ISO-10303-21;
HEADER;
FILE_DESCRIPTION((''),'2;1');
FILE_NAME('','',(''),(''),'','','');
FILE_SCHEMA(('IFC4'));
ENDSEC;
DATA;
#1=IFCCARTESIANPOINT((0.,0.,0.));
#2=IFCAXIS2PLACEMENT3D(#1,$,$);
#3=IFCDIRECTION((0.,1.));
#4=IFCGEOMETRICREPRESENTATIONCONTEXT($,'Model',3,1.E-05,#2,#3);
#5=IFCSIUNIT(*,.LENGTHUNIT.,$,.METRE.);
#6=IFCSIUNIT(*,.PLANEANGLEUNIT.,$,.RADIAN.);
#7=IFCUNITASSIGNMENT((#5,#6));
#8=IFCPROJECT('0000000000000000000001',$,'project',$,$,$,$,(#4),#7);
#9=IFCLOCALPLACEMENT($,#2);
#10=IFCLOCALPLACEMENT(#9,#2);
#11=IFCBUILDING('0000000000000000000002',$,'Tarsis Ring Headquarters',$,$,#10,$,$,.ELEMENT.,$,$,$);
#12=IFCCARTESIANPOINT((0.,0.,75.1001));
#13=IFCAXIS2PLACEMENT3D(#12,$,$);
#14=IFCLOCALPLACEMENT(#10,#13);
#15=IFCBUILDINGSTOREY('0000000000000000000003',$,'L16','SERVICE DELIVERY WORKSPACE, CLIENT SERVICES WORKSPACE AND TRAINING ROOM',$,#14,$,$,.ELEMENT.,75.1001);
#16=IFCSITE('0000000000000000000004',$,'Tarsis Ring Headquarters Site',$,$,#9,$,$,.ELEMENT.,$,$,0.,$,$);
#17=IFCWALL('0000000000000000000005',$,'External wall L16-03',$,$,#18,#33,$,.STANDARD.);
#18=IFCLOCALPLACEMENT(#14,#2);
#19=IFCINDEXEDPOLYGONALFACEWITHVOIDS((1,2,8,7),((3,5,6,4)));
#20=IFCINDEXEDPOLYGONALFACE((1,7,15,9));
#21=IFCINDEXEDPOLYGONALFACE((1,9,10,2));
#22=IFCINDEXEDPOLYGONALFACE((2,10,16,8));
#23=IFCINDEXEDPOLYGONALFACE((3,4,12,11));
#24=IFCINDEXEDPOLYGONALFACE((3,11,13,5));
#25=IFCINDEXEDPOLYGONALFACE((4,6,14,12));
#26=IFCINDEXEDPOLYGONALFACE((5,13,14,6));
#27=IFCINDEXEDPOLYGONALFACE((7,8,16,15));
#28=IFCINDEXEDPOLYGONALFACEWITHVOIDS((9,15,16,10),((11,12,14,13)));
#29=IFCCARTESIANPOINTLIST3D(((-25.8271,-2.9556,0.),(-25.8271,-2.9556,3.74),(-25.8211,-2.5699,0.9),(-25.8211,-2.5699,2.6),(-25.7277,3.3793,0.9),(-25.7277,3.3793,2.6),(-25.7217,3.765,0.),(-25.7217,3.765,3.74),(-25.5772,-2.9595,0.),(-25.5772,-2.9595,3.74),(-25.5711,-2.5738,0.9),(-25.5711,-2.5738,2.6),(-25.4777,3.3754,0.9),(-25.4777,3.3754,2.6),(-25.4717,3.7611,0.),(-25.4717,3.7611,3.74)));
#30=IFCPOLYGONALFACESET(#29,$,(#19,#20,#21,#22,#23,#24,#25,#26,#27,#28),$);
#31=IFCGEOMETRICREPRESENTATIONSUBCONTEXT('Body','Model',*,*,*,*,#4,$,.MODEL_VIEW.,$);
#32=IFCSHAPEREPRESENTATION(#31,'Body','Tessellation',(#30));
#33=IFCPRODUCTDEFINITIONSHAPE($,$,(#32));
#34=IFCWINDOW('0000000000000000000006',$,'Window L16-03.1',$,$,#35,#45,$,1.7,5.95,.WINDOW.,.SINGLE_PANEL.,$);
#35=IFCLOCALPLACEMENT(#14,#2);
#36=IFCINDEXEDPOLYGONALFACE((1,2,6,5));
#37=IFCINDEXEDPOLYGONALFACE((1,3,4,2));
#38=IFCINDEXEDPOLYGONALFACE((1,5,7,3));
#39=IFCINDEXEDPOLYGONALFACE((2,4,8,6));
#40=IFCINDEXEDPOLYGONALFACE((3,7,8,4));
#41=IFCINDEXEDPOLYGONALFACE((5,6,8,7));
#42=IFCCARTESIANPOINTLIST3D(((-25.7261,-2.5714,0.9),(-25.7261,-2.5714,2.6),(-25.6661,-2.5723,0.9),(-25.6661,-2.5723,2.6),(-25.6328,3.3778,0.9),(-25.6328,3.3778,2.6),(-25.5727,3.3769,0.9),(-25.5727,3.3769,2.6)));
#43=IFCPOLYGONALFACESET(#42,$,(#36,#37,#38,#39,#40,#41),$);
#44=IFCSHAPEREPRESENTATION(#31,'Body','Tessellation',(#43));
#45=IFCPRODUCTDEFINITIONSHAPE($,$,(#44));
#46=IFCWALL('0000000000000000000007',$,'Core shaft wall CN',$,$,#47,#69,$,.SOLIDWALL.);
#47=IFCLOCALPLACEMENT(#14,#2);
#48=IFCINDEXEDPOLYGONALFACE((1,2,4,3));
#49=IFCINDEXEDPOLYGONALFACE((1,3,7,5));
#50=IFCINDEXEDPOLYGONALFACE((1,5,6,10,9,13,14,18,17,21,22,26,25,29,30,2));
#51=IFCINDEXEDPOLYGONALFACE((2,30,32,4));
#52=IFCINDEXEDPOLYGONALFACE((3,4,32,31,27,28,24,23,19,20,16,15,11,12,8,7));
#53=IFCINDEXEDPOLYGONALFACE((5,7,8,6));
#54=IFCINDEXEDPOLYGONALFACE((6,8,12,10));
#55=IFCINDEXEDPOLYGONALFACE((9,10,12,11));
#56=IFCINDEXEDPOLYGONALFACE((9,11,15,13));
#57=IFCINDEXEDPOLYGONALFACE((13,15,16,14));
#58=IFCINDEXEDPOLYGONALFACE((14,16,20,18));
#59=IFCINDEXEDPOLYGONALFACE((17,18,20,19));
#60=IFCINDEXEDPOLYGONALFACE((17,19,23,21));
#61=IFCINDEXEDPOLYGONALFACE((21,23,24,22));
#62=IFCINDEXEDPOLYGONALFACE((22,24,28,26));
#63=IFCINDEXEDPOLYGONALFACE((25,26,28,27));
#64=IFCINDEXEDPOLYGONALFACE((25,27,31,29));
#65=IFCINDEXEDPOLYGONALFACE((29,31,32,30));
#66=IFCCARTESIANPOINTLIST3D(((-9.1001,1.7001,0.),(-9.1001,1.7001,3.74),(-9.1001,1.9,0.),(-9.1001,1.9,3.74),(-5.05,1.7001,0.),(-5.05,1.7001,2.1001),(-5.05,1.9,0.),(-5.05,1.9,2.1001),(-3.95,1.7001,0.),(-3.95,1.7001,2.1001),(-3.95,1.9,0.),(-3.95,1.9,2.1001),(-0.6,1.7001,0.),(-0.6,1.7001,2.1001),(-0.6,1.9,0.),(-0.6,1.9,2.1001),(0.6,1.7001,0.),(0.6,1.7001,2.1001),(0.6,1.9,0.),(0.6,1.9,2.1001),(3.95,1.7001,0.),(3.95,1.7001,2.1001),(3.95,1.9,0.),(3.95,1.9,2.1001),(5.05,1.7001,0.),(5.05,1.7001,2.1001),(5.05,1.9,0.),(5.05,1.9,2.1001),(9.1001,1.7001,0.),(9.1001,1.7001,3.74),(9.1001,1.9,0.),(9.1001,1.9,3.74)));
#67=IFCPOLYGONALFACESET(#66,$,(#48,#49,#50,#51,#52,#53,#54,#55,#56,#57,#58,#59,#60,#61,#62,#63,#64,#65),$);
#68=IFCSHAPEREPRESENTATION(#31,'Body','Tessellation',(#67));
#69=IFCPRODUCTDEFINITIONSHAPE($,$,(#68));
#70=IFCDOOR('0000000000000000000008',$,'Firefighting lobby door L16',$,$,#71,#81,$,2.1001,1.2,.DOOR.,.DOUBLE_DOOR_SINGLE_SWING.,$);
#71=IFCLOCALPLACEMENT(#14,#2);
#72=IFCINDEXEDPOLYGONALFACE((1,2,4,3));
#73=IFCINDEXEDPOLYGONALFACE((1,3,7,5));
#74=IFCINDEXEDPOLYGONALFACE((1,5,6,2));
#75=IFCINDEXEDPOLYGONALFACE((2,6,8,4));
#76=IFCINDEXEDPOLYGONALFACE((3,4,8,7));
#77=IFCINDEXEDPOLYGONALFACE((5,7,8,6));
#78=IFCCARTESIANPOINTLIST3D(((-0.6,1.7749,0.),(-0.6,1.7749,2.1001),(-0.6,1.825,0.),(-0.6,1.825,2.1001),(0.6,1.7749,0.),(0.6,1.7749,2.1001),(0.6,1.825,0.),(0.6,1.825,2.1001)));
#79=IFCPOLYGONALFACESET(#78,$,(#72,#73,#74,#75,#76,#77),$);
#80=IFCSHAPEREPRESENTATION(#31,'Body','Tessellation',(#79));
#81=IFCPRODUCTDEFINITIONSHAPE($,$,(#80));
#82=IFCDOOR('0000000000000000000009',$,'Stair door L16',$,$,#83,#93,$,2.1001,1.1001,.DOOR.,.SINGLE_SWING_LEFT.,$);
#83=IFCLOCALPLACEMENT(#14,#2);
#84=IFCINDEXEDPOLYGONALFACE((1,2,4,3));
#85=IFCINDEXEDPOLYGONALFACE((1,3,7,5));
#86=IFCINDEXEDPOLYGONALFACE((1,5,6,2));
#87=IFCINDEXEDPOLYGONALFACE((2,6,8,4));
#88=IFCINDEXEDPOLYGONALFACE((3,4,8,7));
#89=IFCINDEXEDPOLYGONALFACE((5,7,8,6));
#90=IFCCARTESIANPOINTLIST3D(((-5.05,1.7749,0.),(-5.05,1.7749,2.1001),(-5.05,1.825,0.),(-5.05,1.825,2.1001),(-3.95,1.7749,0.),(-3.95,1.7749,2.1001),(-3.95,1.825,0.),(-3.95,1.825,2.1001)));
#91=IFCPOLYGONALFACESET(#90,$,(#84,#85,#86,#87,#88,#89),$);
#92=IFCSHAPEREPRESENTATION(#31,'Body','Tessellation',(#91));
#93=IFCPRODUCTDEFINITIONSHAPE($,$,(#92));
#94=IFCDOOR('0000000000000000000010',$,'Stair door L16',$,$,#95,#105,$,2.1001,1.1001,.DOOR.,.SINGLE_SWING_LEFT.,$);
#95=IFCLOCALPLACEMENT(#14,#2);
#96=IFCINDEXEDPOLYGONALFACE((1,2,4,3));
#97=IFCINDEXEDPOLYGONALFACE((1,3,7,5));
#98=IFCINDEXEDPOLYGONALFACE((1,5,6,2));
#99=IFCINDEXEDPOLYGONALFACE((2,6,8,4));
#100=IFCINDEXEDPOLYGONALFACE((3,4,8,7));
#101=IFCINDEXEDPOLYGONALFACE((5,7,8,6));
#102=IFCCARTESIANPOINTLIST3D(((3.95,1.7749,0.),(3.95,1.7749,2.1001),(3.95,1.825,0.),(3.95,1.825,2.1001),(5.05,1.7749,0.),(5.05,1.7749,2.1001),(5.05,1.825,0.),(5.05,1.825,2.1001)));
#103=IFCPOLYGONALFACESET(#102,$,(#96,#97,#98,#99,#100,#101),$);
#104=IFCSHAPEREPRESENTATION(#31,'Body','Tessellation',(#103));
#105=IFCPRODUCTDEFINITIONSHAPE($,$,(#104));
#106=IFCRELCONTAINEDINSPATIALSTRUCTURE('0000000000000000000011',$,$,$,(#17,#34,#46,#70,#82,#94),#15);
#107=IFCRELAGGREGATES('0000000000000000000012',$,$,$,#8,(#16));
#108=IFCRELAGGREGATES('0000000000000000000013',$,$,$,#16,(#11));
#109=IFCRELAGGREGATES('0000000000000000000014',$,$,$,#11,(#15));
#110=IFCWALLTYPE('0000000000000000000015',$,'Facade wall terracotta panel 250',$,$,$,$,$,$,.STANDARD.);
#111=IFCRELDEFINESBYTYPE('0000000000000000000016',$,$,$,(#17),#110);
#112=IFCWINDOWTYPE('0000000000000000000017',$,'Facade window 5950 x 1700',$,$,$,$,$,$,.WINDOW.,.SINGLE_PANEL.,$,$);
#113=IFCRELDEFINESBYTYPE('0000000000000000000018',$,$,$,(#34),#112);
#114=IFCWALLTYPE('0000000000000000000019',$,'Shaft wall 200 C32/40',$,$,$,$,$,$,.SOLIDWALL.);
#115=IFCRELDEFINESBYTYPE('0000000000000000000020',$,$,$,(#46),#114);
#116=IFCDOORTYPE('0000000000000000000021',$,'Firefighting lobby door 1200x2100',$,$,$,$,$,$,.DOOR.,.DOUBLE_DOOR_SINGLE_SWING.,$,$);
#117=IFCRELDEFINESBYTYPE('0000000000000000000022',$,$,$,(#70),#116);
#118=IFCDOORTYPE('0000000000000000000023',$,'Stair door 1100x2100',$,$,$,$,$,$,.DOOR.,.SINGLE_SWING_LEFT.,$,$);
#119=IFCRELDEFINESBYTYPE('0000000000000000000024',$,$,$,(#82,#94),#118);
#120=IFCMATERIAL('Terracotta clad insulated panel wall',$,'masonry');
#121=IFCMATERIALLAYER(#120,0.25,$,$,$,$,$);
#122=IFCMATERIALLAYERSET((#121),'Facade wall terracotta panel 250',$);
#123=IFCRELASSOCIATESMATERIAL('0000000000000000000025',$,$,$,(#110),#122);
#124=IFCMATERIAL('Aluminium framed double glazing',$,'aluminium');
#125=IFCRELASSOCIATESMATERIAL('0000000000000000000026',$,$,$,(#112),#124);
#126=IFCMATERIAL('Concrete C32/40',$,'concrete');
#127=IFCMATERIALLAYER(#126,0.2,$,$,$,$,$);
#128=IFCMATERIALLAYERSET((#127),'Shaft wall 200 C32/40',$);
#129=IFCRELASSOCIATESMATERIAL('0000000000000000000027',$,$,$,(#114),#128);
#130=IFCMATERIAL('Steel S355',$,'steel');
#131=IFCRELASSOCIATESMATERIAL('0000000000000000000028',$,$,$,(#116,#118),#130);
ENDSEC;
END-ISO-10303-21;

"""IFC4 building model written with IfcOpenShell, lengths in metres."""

from ifc_helpers import new_model, si_unit, direction, frame, frame_2d, origin, place, context, subcontext, project, spatial, rectangle, extrude, material, layer, layer_set, type_object, element, fill, save


model = new_model("IFC4")

# Units and contexts
model_context = context("Model", 3, precision=1e-05, world=origin(), true_north=direction((0.0, 1.0)))
body_context = subcontext(model_context, "Body", "Model", "MODEL_VIEW")
ifc_project = project(units=[si_unit("LENGTHUNIT", "METRE"), si_unit("PLANEANGLEUNIT", "RADIAN")], contexts=[model_context])

# Site, building, storey
site_placement = place(None, origin())
site = spatial("IfcSite", under=ifc_project, at=site_placement, Name="Tarsis Ring Headquarters Site", CompositionType="ELEMENT", RefElevation=0.0)
building_placement = place(site_placement, origin())
building = spatial("IfcBuilding", under=site, at=building_placement, Name="Tarsis Ring Headquarters", CompositionType="ELEMENT")
storey_placement = place(building_placement, frame((0.0, 0.0, 75.1001)))
storey = spatial("IfcBuildingStorey", under=building, at=storey_placement, Name="L16", Description="SERVICE DELIVERY WORKSPACE, CLIENT SERVICES WORKSPACE AND TRAINING ROOM", CompositionType="ELEMENT", Elevation=75.1001)

# Wall, opening, window
ifc_material_1 = material(Name="Terracotta clad insulated panel wall", Category="masonry")
ifc_layer_1 = layer(ifc_material_1, 0.25)
ifc_layer_set_1 = layer_set([ifc_layer_1], Name="Facade wall terracotta panel 250")
wall_type_1 = type_object("IfcWallType", Name="Facade wall terracotta panel 250", PredefinedType="STANDARD", material=ifc_layer_set_1)
ifc_material_2 = material(Name="Aluminium framed double glazing", Category="aluminium")
wall_1_placement = place(storey_placement, frame((-25.5967, 3.7632, 0.0), z_axis=(0.0, 0.0, 1.0), x_axis=(-0.015691, -0.999877, 0.0)))
wall_1 = element("IfcWall", 1, at=wall_1_placement, inside=storey, type_object=wall_type_1, Name="External wall L16-03", PredefinedType="STANDARD", context=body_context, shape_type="SweptSolid", body=[
    extrude(rectangle(XDim=6.7214, YDim=0.25, at=frame_2d((3.3608, 0.0))), origin(), (0.0, 0.0, 1.0), 3.74),
])
opening_1_placement = place(wall_1_placement, frame((0.3857, 0.0, 0.8999)))
opening_1 = element("IfcOpeningElement", 2, at=opening_1_placement, cuts=wall_1, PredefinedType="OPENING", context=body_context, shape_type="SweptSolid", body=[
    extrude(rectangle(XDim=5.95, YDim=1.7, at=frame_2d((2.9751, 0.8501))), frame((0.0, 0.135, 0.0), z_axis=(0.0, -1.0, 0.0), x_axis=(1.0, 0.0, 0.0)), (0.0, 0.0, 1.0), 0.27),
])
window_type_1 = type_object("IfcWindowType", Name="Facade window 5950 x 1700", PartitioningType="SINGLE_PANEL", PredefinedType="WINDOW", material=ifc_material_2)
window_1_placement = place(opening_1_placement, origin())
window_1 = element("IfcWindow", 3, at=window_1_placement, inside=storey, type_object=window_type_1, Name="Window L16-03.1", OverallHeight=1.7, OverallWidth=5.95, PartitioningType="SINGLE_PANEL", PredefinedType="WINDOW", context=body_context, shape_type="SweptSolid", body=[
    extrude(rectangle(XDim=5.95, YDim=1.7, at=frame_2d((2.9751, 0.8501))), frame((0.0, 0.03, 0.0), z_axis=(0.0, -1.0, 0.0), x_axis=(1.0, 0.0, 0.0)), (0.0, 0.0, 1.0), 0.0601),
])
fill(opening_1, window_1)

# Wall, openings, doors
ifc_material_3 = material(Name="Concrete C32/40", Category="concrete")
ifc_layer_2 = layer(ifc_material_3, 0.2)
ifc_layer_set_2 = layer_set([ifc_layer_2], Name="Shaft wall 200 C32/40")
wall_type_2 = type_object("IfcWallType", Name="Shaft wall 200 C32/40", PredefinedType="SOLIDWALL", material=ifc_layer_set_2)
wall_2_placement = place(storey_placement, frame((-9.1001, 1.8, 0.0), z_axis=(0.0, 0.0, 1.0), x_axis=(1.0, 0.0, 0.0)))
wall_2 = element("IfcWall", 4, at=wall_2_placement, inside=storey, type_object=wall_type_2, Name="Core shaft wall CN", PredefinedType="SOLIDWALL", context=body_context, shape_type="SweptSolid", body=[
    extrude(rectangle(XDim=18.2002, YDim=0.2, at=frame_2d((9.1001, 0.0))), origin(), (0.0, 0.0, 1.0), 3.74),
])
opening_2_placement = place(wall_2_placement, frame((4.05, 0.0, 0.0)))
opening_2 = element("IfcOpeningElement", 5, at=opening_2_placement, cuts=wall_2, PredefinedType="OPENING", context=body_context, shape_type="SweptSolid", body=[
    extrude(rectangle(XDim=1.1001, YDim=2.1001, at=frame_2d((0.55, 1.05))), frame((0.0, 0.1099, 0.0), z_axis=(0.0, -1.0, 0.0), x_axis=(1.0, 0.0, 0.0)), (0.0, 0.0, 1.0), 0.22),
])
opening_3_placement = place(wall_2_placement, frame((8.5, 0.0, 0.0)))
opening_3 = element("IfcOpeningElement", 6, at=opening_3_placement, cuts=wall_2, PredefinedType="OPENING", context=body_context, shape_type="SweptSolid", body=[
    extrude(rectangle(XDim=1.2, YDim=2.1001, at=frame_2d((0.6001, 1.05))), frame((0.0, 0.1099, 0.0), z_axis=(0.0, -1.0, 0.0), x_axis=(1.0, 0.0, 0.0)), (0.0, 0.0, 1.0), 0.22),
])
opening_4_placement = place(wall_2_placement, frame((13.05, 0.0, 0.0)))
opening_4 = element("IfcOpeningElement", 7, at=opening_4_placement, cuts=wall_2, PredefinedType="OPENING", context=body_context, shape_type="SweptSolid", body=[
    extrude(rectangle(XDim=1.1001, YDim=2.1001, at=frame_2d((0.55, 1.05))), frame((0.0, 0.1099, 0.0), z_axis=(0.0, -1.0, 0.0), x_axis=(1.0, 0.0, 0.0)), (0.0, 0.0, 1.0), 0.22),
])
ifc_material_4 = material(Name="Steel S355", Category="steel")
door_type_1 = type_object("IfcDoorType", Name="Firefighting lobby door 1200x2100", OperationType="DOUBLE_DOOR_SINGLE_SWING", PredefinedType="DOOR", material=ifc_material_4)
door_1_placement = place(opening_3_placement, origin())
door_1 = element("IfcDoor", 8, at=door_1_placement, inside=storey, type_object=door_type_1, Name="Firefighting lobby door L16", OperationType="DOUBLE_DOOR_SINGLE_SWING", OverallHeight=2.1001, OverallWidth=1.2, PredefinedType="DOOR", context=body_context, shape_type="SweptSolid", body=[
    extrude(rectangle(XDim=1.2, YDim=2.1001, at=frame_2d((0.6001, 1.05))), frame((0.0, 0.0249, 0.0), z_axis=(0.0, -1.0, 0.0), x_axis=(1.0, 0.0, 0.0)), (0.0, 0.0, 1.0), 0.05),
])
fill(opening_3, door_1)
door_type_2 = type_object("IfcDoorType", Name="Stair door 1100x2100", OperationType="SINGLE_SWING_LEFT", PredefinedType="DOOR", material=ifc_material_4)
door_2_placement = place(opening_2_placement, origin())
door_2 = element("IfcDoor", 9, at=door_2_placement, inside=storey, type_object=door_type_2, Name="Stair door L16", OperationType="SINGLE_SWING_LEFT", OverallHeight=2.1001, OverallWidth=1.1001, PredefinedType="DOOR", context=body_context, shape_type="SweptSolid", body=[
    extrude(rectangle(XDim=1.1001, YDim=2.1001, at=frame_2d((0.55, 1.05))), frame((0.0, 0.0249, 0.0), z_axis=(0.0, -1.0, 0.0), x_axis=(1.0, 0.0, 0.0)), (0.0, 0.0, 1.0), 0.05),
])
fill(opening_2, door_2)
door_3_placement = place(opening_4_placement, origin())
door_3 = element("IfcDoor", 10, at=door_3_placement, inside=storey, type_object=door_type_2, Name="Stair door L16", OperationType="SINGLE_SWING_LEFT", OverallHeight=2.1001, OverallWidth=1.1001, PredefinedType="DOOR", context=body_context, shape_type="SweptSolid", body=[
    extrude(rectangle(XDim=1.1001, YDim=2.1001, at=frame_2d((0.55, 1.05))), frame((0.0, 0.0249, 0.0), z_axis=(0.0, -1.0, 0.0), x_axis=(1.0, 0.0, 0.0)), (0.0, 0.0, 1.0), 0.05),
])
fill(opening_4, door_3)

save(model, "model.ifc")
